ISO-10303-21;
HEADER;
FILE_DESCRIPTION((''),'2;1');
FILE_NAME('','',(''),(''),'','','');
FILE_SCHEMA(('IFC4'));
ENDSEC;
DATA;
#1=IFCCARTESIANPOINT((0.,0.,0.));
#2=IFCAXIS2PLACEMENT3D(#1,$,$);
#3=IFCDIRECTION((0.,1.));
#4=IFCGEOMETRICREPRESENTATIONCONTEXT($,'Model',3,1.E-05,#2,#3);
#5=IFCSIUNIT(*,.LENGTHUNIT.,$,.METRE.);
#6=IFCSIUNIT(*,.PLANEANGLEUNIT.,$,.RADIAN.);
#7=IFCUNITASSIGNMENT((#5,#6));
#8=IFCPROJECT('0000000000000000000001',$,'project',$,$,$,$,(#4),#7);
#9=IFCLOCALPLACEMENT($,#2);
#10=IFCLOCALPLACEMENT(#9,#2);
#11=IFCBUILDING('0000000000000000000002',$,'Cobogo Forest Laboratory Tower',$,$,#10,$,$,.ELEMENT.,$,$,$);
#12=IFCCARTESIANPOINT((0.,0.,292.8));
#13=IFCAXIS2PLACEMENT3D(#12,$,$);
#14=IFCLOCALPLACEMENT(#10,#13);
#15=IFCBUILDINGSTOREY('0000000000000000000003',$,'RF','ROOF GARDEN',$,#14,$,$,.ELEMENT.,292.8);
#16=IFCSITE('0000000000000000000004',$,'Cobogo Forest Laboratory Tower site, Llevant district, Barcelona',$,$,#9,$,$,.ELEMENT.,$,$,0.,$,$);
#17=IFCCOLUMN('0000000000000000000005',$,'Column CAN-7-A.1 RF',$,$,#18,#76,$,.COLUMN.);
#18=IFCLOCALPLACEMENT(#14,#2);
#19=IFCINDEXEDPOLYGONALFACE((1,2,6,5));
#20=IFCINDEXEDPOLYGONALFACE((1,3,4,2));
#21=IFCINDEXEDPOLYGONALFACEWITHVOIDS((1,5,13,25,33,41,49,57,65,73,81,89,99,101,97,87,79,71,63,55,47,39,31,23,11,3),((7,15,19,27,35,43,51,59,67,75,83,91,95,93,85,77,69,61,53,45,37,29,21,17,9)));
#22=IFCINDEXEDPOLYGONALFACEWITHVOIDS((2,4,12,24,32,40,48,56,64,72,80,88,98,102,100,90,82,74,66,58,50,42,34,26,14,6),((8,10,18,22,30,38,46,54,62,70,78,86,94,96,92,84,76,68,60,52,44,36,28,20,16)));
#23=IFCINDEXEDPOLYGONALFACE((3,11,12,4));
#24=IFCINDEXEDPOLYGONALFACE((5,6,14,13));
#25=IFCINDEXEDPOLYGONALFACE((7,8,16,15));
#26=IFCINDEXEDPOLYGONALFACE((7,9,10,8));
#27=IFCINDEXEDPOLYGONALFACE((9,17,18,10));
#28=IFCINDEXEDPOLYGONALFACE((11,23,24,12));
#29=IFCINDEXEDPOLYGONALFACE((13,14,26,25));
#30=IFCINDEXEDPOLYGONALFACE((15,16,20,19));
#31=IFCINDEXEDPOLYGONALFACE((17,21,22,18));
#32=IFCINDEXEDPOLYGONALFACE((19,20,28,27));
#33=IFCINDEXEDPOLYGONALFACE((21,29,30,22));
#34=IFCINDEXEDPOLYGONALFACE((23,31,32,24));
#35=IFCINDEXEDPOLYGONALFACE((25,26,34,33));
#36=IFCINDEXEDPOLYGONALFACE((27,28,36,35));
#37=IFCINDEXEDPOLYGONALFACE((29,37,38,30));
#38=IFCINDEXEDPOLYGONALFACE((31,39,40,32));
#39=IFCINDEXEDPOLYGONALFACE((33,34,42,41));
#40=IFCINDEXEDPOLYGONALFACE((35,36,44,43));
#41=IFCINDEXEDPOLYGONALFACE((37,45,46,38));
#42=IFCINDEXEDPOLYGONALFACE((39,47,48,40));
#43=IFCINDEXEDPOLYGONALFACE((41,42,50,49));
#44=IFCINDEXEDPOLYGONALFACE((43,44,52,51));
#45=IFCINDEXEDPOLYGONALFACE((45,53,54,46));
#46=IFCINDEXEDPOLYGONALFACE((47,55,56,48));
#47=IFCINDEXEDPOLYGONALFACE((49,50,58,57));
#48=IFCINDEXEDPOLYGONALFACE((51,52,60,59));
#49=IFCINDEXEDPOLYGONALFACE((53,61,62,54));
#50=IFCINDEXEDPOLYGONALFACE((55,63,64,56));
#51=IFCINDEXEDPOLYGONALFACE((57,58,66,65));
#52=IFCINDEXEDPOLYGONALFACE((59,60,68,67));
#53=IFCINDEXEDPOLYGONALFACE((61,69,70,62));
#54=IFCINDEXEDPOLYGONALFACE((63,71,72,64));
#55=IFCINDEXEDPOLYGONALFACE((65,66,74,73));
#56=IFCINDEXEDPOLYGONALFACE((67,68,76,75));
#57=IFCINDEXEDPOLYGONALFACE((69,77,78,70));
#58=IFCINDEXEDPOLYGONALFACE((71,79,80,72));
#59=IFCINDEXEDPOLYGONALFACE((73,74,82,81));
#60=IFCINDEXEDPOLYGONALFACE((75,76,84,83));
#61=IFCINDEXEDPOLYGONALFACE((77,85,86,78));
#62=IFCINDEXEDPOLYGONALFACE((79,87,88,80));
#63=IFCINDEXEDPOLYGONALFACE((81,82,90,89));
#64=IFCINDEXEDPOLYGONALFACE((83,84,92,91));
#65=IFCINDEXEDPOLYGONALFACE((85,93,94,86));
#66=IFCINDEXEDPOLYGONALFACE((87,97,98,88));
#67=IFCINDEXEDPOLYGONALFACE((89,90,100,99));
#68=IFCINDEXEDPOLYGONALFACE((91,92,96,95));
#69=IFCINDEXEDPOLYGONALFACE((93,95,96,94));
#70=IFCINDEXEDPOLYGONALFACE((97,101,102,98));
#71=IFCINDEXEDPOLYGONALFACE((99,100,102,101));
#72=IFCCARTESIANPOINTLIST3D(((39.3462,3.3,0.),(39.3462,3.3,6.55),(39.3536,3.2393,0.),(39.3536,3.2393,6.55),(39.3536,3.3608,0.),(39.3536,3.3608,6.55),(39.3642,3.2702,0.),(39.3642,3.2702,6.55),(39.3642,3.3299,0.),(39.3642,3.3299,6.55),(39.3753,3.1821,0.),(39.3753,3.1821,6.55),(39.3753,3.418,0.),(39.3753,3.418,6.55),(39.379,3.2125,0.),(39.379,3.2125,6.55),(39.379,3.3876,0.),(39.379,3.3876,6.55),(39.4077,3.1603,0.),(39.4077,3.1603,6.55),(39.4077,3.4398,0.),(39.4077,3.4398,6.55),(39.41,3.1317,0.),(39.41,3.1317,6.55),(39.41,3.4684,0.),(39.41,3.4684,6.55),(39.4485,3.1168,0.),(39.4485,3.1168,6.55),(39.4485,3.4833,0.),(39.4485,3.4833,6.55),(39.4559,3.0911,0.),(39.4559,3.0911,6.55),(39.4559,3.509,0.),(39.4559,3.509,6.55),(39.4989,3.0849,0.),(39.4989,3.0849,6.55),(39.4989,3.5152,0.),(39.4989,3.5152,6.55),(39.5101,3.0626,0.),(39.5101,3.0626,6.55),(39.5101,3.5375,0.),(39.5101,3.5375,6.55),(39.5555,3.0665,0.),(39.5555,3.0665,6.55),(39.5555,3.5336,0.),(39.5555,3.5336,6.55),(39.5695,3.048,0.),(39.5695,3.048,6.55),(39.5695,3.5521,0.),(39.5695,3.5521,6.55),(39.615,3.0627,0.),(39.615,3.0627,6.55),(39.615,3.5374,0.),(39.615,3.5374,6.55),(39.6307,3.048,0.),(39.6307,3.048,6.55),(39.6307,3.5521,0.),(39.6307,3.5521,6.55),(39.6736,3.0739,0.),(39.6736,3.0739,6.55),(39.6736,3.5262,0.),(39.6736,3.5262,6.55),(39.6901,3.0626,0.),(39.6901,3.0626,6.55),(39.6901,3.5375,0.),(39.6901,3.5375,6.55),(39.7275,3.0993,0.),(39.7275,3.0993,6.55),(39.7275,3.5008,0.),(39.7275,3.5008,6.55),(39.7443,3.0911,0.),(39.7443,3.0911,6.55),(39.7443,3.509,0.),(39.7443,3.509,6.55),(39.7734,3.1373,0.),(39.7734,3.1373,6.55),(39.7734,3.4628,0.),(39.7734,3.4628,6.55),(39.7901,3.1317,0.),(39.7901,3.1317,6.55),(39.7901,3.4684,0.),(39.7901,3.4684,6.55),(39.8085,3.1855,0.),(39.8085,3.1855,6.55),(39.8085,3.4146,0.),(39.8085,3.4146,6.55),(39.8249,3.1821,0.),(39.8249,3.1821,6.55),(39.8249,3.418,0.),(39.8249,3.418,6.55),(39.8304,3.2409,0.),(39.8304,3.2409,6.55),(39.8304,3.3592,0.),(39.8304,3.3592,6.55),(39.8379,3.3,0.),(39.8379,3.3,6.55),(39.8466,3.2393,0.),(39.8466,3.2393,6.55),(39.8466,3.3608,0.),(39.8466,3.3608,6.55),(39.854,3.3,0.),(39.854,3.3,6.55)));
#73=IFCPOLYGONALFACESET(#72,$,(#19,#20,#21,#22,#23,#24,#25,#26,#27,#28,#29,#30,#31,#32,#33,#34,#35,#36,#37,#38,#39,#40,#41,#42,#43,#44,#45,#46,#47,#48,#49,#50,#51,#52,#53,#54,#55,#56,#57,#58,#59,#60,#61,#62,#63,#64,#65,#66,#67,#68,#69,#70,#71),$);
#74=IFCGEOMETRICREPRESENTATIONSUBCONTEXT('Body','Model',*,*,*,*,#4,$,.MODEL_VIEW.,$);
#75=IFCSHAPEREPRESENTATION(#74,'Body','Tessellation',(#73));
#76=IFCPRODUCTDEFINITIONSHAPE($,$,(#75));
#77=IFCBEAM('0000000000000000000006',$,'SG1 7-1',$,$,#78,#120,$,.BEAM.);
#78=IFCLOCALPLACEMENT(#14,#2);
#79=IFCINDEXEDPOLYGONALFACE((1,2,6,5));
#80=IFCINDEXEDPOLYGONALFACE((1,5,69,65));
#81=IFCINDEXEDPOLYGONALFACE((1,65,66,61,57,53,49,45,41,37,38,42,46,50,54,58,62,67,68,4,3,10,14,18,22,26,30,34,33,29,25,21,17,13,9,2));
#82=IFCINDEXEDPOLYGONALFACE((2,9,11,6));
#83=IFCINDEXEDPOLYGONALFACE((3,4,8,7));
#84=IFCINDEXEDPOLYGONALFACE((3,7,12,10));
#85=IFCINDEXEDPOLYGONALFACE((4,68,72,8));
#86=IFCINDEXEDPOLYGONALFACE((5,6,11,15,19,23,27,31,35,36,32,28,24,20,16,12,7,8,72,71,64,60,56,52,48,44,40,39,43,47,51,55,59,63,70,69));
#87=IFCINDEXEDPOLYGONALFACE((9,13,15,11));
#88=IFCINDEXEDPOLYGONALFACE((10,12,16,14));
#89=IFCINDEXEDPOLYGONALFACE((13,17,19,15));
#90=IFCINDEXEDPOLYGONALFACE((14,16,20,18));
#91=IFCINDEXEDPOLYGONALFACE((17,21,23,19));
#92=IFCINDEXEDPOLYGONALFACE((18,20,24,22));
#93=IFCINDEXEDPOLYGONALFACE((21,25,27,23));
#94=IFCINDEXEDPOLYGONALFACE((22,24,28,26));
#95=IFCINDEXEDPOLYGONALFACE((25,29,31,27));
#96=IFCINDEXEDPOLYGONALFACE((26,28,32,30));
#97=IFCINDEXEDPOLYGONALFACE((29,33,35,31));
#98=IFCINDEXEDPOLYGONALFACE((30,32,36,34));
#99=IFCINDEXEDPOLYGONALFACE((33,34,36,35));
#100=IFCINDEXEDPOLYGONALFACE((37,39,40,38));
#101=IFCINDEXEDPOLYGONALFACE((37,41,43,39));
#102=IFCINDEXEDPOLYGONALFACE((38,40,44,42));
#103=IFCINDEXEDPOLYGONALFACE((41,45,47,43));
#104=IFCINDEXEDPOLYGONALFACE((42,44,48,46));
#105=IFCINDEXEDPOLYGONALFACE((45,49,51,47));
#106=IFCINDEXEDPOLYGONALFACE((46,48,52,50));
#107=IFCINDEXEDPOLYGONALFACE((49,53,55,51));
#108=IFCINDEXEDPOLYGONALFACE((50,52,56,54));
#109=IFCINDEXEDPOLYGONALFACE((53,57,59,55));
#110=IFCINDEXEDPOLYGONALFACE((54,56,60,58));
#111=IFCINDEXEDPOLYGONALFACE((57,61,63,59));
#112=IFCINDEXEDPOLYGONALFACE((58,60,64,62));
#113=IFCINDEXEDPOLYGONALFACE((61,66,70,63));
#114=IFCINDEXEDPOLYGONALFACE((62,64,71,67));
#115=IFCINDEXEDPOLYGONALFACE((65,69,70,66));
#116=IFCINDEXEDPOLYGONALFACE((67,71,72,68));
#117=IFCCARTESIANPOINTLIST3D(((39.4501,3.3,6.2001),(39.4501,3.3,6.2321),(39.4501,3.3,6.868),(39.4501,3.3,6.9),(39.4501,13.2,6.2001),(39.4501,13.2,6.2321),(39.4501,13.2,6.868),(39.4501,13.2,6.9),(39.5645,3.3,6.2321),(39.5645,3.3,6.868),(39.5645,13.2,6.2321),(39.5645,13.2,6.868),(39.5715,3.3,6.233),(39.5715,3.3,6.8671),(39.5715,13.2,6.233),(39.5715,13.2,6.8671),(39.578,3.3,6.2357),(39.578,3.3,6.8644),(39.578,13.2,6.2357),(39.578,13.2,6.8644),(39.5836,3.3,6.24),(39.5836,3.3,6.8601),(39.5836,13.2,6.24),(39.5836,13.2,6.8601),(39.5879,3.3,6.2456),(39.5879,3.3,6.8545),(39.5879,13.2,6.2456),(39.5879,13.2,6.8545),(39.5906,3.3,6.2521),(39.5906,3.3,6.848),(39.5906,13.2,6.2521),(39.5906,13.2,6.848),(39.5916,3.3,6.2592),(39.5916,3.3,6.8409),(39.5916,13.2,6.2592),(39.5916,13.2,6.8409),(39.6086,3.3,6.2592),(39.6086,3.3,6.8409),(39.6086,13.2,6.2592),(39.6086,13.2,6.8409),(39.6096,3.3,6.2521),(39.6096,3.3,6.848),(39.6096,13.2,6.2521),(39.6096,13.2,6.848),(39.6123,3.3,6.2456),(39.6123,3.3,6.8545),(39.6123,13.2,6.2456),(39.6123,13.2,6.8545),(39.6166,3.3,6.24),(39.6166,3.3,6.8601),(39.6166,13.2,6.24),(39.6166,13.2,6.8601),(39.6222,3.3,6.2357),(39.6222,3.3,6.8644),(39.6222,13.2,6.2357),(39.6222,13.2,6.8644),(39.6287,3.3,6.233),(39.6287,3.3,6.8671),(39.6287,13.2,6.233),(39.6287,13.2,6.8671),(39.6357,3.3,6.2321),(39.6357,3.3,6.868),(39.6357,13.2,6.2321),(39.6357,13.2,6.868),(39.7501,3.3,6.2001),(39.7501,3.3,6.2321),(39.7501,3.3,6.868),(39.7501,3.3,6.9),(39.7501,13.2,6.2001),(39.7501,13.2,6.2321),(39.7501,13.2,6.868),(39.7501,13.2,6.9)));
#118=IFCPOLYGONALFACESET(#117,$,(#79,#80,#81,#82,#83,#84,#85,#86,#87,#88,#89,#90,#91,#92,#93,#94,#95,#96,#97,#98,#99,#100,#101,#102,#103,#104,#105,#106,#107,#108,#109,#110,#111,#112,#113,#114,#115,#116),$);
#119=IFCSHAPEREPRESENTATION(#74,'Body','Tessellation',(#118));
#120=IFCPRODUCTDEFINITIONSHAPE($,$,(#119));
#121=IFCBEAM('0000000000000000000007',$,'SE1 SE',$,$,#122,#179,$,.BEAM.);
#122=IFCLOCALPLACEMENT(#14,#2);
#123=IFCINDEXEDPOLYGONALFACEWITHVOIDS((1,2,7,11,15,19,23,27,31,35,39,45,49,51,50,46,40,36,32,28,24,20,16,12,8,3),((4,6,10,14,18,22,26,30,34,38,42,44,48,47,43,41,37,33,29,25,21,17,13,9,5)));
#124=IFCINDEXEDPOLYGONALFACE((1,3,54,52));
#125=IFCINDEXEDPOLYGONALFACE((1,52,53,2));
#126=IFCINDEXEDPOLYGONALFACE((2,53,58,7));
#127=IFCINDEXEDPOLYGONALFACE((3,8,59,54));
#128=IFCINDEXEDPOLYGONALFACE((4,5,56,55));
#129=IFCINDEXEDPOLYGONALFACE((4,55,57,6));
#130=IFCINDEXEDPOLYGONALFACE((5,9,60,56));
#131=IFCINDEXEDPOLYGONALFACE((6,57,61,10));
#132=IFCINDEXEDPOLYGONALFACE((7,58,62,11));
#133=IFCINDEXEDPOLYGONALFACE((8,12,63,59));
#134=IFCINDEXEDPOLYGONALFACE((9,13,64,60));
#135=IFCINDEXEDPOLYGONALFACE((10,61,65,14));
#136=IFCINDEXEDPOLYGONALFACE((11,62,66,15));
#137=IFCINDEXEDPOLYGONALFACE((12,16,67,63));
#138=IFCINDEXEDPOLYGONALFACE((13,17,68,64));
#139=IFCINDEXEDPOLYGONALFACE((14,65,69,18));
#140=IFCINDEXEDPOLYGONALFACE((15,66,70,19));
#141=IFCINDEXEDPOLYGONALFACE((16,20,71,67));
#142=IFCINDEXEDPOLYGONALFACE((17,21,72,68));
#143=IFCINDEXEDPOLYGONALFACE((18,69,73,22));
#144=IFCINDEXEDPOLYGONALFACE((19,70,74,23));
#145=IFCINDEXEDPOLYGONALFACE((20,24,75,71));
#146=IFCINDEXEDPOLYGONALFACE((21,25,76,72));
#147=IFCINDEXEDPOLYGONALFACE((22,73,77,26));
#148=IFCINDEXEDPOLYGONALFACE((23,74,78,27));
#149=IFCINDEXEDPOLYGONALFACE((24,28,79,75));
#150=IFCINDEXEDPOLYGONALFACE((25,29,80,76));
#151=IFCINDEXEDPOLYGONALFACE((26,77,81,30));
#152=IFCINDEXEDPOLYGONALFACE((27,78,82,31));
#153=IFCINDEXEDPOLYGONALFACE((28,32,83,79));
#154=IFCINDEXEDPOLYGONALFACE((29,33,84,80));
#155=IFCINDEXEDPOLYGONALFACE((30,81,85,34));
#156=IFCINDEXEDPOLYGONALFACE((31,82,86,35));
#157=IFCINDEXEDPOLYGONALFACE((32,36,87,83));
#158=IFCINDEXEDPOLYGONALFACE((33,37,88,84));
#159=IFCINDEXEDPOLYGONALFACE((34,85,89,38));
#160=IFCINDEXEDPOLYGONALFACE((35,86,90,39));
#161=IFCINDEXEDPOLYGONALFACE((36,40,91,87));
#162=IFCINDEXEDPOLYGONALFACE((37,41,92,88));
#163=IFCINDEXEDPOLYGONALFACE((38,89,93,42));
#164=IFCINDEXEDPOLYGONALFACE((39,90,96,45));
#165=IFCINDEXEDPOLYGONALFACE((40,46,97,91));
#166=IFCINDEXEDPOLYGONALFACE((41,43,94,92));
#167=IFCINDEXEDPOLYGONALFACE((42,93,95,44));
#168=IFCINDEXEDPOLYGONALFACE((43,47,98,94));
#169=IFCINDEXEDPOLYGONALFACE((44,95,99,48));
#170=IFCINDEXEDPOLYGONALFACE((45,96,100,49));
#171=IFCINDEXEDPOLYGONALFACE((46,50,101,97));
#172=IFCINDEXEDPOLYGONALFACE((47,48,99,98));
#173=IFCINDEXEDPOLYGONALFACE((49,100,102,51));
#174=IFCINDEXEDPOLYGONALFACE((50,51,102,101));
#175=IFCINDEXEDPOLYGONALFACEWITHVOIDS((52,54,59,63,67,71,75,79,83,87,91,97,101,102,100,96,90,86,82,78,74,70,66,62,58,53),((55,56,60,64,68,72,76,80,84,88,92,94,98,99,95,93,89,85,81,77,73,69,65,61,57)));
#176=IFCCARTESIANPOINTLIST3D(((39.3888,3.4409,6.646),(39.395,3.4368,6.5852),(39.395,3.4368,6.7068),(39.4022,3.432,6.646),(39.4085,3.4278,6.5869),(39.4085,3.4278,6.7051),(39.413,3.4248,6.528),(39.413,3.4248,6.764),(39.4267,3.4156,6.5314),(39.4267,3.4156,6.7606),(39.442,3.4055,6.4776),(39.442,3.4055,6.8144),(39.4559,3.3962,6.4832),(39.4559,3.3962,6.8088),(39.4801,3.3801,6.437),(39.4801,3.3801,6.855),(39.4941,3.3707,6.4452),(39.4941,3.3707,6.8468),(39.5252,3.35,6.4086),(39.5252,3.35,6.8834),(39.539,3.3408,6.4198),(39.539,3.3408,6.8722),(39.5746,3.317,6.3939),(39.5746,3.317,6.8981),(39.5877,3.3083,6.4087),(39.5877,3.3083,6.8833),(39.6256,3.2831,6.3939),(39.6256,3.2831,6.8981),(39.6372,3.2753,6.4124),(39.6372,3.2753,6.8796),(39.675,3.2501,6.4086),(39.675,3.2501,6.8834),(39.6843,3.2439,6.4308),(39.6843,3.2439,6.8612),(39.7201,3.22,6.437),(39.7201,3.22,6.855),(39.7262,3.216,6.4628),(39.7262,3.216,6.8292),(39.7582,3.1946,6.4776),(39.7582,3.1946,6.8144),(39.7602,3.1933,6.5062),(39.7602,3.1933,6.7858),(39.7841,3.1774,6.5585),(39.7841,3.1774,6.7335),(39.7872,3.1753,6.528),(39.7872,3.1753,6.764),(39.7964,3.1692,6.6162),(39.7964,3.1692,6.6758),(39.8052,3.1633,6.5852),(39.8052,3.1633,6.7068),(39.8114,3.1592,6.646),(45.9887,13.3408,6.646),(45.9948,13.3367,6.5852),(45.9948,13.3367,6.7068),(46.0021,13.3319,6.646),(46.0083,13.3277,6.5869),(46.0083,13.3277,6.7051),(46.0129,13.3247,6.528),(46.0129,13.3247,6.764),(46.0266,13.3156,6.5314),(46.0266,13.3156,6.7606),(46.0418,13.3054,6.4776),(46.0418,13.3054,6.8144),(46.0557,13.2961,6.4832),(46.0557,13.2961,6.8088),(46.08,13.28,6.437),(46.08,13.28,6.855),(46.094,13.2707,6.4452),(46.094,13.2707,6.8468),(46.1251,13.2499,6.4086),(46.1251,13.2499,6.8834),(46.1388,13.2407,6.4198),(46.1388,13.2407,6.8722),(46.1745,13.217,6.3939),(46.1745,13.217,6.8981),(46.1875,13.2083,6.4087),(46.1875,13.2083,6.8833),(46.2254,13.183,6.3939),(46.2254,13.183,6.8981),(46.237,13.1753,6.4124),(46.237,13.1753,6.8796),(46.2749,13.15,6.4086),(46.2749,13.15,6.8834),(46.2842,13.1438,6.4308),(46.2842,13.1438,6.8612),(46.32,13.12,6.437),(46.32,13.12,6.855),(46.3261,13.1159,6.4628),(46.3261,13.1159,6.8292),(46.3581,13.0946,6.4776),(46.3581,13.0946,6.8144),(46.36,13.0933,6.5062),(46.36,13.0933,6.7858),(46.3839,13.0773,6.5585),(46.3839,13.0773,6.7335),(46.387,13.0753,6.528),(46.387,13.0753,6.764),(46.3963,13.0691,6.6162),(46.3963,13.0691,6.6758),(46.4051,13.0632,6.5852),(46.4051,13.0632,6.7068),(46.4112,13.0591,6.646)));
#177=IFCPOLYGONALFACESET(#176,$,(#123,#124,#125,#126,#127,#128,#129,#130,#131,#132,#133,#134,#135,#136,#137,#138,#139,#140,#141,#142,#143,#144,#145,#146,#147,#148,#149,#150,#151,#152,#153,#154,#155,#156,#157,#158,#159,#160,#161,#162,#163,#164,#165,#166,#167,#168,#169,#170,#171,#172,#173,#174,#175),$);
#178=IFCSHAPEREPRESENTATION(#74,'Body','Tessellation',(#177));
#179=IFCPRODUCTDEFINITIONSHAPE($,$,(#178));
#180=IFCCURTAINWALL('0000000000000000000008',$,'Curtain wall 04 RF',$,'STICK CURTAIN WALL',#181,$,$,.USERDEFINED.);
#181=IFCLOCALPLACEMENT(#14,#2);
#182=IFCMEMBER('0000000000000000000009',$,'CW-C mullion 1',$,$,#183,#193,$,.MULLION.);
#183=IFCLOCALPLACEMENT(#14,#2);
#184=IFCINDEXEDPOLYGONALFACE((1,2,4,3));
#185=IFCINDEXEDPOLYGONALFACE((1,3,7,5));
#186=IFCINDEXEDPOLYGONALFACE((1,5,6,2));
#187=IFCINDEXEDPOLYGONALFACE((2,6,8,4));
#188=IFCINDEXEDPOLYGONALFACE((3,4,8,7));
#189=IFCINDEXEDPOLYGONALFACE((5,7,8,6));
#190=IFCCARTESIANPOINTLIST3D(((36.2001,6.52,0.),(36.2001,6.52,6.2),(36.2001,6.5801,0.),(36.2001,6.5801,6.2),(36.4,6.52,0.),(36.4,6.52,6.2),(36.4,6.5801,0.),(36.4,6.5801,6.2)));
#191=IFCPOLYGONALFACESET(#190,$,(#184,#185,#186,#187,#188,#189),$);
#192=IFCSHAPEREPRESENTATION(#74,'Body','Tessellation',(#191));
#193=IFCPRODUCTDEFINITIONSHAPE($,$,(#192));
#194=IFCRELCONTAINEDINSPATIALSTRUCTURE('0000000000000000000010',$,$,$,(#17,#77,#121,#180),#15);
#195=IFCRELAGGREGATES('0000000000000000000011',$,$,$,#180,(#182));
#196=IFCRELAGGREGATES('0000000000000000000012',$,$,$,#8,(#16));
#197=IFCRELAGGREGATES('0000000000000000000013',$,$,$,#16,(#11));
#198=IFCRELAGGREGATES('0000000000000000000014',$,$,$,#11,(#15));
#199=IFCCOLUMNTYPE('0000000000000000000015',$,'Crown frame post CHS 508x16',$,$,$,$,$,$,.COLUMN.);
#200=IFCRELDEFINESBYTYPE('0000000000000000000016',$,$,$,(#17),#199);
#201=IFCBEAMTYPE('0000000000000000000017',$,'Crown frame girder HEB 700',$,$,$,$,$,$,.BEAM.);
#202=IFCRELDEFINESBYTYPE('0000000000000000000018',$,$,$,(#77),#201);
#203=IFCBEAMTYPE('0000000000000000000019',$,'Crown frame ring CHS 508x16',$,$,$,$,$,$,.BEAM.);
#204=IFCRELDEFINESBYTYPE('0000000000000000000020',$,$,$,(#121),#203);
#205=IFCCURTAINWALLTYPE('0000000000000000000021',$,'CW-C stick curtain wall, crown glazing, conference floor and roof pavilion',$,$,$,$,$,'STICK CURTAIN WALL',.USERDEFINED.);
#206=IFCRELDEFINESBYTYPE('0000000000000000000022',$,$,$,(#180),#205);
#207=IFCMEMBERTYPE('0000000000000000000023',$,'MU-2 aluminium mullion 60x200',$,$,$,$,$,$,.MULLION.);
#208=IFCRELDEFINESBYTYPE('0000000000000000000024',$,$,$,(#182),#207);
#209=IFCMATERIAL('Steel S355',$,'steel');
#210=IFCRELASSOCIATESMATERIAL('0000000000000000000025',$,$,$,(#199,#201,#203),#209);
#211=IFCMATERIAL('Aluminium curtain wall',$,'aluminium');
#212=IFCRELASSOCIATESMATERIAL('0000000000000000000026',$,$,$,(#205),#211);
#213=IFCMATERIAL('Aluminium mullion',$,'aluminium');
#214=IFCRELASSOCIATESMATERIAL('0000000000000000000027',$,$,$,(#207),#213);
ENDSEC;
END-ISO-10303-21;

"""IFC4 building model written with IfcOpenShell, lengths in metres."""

from ifc_helpers import new_model, si_unit, direction, frame, origin, origin_2d, place, context, subcontext, project, spatial, rectangle, hollow_circle, i_section, extrude, material, material_profile, profile_set, type_object, element, aggregate, save


model = new_model("IFC4")

# Units and contexts
model_context = context("Model", 3, precision=1e-05, world=origin(), true_north=direction((0.0, 1.0)))
body_context = subcontext(model_context, "Body", "Model", "MODEL_VIEW")
ifc_project = project(units=[si_unit("LENGTHUNIT", "METRE"), si_unit("PLANEANGLEUNIT", "RADIAN")], contexts=[model_context])

# Site, building, storey
site_placement = place(None, origin())
site = spatial("IfcSite", under=ifc_project, at=site_placement, Name="Cobogo Forest Laboratory Tower site, Llevant district, Barcelona", CompositionType="ELEMENT", RefElevation=0.0)
building_placement = place(site_placement, origin())
building = spatial("IfcBuilding", under=site, at=building_placement, Name="Cobogo Forest Laboratory Tower", CompositionType="ELEMENT")
storey_placement = place(building_placement, frame((0.0, 0.0, 292.8)))
storey = spatial("IfcBuildingStorey", under=building, at=storey_placement, Name="RF", Description="ROOF GARDEN", CompositionType="ELEMENT", Elevation=292.8)

# Column
ifc_material_1 = material(Name="Steel S355", Category="steel")
ifc_material_profile_1 = material_profile(ifc_material_1, hollow_circle(Radius=0.2539, WallThickness=0.0161, at=origin_2d()), Name="CHS 508x16")
ifc_profile_set_1 = profile_set([ifc_material_profile_1], Name="Steel S355")
column_type = type_object("IfcColumnType", Name="Crown frame post CHS 508x16", PredefinedType="COLUMN", material=ifc_profile_set_1)
column_placement = place(storey_placement, frame((39.6001, 3.3, 0.0), z_axis=(0.0, 0.0, 1.0), x_axis=(1.0, 0.0, 0.0)))
element("IfcColumn", 1, at=column_placement, inside=storey, type_object=column_type, Name="Column CAN-7-A.1 RF", PredefinedType="COLUMN", context=body_context, shape_type="SweptSolid", body=[
    extrude(hollow_circle(Radius=0.2539, WallThickness=0.0161, at=origin_2d()), origin(), (0.0, 0.0, 1.0), 6.55),
])

# Beams
ifc_material_profile_2 = material_profile(ifc_material_1, i_section(OverallWidth=0.3, OverallDepth=0.7, WebThickness=0.0171, FlangeThickness=0.032, FilletRadius=0.0271, at=origin_2d()), Name="HEB 700")
ifc_profile_set_2 = profile_set([ifc_material_profile_2], Name="Steel S355")
beam_type_1 = type_object("IfcBeamType", Name="Crown frame girder HEB 700", PredefinedType="BEAM", material=ifc_profile_set_2)
beam_1_placement = place(storey_placement, frame((39.6001, 3.3, 6.55), z_axis=(0.0, 1.0, 0.0), x_axis=(-1.0, 0.0, 0.0)))
element("IfcBeam", 2, at=beam_1_placement, inside=storey, type_object=beam_type_1, Name="SG1 7-1", PredefinedType="BEAM", context=body_context, shape_type="SweptSolid", body=[
    extrude(i_section(OverallWidth=0.3, OverallDepth=0.7, WebThickness=0.0171, FlangeThickness=0.032, FilletRadius=0.0271, at=origin_2d()), origin(), (0.0, 0.0, 1.0), 9.8999),
])
ifc_material_profile_3 = material_profile(ifc_material_1, hollow_circle(Radius=0.2539, WallThickness=0.0161, at=origin_2d()), Name="CHS 508x16")
ifc_profile_set_3 = profile_set([ifc_material_profile_3], Name="Steel S355")
beam_type_2 = type_object("IfcBeamType", Name="Crown frame ring CHS 508x16", PredefinedType="BEAM", material=ifc_profile_set_3)
beam_2_placement = place(storey_placement, frame((39.6001, 3.3, 6.646), z_axis=(0.554695, 0.832053, 0.0), x_axis=(-0.832053, 0.554695, 0.0)))
element("IfcBeam", 3, at=beam_2_placement, inside=storey, type_object=beam_type_2, Name="SE1 SE", PredefinedType="BEAM", context=body_context, shape_type="SweptSolid", body=[
    extrude(hollow_circle(Radius=0.2539, WallThickness=0.0161, at=origin_2d()), origin(), (0.0, 0.0, 1.0), 11.8982),
])

# Curtain wall, member
ifc_material_2 = material(Name="Aluminium curtain wall", Category="aluminium")
curtain_wall_type = type_object("IfcCurtainWallType", Name="CW-C stick curtain wall, crown glazing, conference floor and roof pavilion", ElementType="STICK CURTAIN WALL", PredefinedType="USERDEFINED", material=ifc_material_2)
curtain_wall_1_placement = place(storey_placement, origin())
curtain_wall_1 = element("IfcCurtainWall", 4, at=curtain_wall_1_placement, inside=storey, type_object=curtain_wall_type, Name="Curtain wall 04 RF", ObjectType="STICK CURTAIN WALL", PredefinedType="USERDEFINED")
ifc_material_3 = material(Name="Aluminium mullion", Category="aluminium")
ifc_material_profile_4 = material_profile(ifc_material_3, rectangle(XDim=0.0601, YDim=0.2, at=origin_2d()), Name="AL 60x200")
ifc_profile_set_4 = profile_set([ifc_material_profile_4], Name="Aluminium mullion")
member_type_1 = type_object("IfcMemberType", Name="MU-2 aluminium mullion 60x200", PredefinedType="MULLION", material=ifc_profile_set_4)
member_1_placement = place(storey_placement, frame((36.3, 6.55, 0.0), z_axis=(0.0, 0.0, 1.0), x_axis=(0.0, 1.0, 0.0)))
member_1 = element("IfcMember", 5, at=member_1_placement, type_object=member_type_1, Name="CW-C mullion 1", PredefinedType="MULLION", context=body_context, shape_type="SweptSolid", body=[
    extrude(rectangle(XDim=0.0601, YDim=0.2, at=origin_2d()), origin(), (0.0, 0.0, 1.0), 6.2),
])

aggregate(curtain_wall_1, [member_1])

save(model, "model.ifc")
